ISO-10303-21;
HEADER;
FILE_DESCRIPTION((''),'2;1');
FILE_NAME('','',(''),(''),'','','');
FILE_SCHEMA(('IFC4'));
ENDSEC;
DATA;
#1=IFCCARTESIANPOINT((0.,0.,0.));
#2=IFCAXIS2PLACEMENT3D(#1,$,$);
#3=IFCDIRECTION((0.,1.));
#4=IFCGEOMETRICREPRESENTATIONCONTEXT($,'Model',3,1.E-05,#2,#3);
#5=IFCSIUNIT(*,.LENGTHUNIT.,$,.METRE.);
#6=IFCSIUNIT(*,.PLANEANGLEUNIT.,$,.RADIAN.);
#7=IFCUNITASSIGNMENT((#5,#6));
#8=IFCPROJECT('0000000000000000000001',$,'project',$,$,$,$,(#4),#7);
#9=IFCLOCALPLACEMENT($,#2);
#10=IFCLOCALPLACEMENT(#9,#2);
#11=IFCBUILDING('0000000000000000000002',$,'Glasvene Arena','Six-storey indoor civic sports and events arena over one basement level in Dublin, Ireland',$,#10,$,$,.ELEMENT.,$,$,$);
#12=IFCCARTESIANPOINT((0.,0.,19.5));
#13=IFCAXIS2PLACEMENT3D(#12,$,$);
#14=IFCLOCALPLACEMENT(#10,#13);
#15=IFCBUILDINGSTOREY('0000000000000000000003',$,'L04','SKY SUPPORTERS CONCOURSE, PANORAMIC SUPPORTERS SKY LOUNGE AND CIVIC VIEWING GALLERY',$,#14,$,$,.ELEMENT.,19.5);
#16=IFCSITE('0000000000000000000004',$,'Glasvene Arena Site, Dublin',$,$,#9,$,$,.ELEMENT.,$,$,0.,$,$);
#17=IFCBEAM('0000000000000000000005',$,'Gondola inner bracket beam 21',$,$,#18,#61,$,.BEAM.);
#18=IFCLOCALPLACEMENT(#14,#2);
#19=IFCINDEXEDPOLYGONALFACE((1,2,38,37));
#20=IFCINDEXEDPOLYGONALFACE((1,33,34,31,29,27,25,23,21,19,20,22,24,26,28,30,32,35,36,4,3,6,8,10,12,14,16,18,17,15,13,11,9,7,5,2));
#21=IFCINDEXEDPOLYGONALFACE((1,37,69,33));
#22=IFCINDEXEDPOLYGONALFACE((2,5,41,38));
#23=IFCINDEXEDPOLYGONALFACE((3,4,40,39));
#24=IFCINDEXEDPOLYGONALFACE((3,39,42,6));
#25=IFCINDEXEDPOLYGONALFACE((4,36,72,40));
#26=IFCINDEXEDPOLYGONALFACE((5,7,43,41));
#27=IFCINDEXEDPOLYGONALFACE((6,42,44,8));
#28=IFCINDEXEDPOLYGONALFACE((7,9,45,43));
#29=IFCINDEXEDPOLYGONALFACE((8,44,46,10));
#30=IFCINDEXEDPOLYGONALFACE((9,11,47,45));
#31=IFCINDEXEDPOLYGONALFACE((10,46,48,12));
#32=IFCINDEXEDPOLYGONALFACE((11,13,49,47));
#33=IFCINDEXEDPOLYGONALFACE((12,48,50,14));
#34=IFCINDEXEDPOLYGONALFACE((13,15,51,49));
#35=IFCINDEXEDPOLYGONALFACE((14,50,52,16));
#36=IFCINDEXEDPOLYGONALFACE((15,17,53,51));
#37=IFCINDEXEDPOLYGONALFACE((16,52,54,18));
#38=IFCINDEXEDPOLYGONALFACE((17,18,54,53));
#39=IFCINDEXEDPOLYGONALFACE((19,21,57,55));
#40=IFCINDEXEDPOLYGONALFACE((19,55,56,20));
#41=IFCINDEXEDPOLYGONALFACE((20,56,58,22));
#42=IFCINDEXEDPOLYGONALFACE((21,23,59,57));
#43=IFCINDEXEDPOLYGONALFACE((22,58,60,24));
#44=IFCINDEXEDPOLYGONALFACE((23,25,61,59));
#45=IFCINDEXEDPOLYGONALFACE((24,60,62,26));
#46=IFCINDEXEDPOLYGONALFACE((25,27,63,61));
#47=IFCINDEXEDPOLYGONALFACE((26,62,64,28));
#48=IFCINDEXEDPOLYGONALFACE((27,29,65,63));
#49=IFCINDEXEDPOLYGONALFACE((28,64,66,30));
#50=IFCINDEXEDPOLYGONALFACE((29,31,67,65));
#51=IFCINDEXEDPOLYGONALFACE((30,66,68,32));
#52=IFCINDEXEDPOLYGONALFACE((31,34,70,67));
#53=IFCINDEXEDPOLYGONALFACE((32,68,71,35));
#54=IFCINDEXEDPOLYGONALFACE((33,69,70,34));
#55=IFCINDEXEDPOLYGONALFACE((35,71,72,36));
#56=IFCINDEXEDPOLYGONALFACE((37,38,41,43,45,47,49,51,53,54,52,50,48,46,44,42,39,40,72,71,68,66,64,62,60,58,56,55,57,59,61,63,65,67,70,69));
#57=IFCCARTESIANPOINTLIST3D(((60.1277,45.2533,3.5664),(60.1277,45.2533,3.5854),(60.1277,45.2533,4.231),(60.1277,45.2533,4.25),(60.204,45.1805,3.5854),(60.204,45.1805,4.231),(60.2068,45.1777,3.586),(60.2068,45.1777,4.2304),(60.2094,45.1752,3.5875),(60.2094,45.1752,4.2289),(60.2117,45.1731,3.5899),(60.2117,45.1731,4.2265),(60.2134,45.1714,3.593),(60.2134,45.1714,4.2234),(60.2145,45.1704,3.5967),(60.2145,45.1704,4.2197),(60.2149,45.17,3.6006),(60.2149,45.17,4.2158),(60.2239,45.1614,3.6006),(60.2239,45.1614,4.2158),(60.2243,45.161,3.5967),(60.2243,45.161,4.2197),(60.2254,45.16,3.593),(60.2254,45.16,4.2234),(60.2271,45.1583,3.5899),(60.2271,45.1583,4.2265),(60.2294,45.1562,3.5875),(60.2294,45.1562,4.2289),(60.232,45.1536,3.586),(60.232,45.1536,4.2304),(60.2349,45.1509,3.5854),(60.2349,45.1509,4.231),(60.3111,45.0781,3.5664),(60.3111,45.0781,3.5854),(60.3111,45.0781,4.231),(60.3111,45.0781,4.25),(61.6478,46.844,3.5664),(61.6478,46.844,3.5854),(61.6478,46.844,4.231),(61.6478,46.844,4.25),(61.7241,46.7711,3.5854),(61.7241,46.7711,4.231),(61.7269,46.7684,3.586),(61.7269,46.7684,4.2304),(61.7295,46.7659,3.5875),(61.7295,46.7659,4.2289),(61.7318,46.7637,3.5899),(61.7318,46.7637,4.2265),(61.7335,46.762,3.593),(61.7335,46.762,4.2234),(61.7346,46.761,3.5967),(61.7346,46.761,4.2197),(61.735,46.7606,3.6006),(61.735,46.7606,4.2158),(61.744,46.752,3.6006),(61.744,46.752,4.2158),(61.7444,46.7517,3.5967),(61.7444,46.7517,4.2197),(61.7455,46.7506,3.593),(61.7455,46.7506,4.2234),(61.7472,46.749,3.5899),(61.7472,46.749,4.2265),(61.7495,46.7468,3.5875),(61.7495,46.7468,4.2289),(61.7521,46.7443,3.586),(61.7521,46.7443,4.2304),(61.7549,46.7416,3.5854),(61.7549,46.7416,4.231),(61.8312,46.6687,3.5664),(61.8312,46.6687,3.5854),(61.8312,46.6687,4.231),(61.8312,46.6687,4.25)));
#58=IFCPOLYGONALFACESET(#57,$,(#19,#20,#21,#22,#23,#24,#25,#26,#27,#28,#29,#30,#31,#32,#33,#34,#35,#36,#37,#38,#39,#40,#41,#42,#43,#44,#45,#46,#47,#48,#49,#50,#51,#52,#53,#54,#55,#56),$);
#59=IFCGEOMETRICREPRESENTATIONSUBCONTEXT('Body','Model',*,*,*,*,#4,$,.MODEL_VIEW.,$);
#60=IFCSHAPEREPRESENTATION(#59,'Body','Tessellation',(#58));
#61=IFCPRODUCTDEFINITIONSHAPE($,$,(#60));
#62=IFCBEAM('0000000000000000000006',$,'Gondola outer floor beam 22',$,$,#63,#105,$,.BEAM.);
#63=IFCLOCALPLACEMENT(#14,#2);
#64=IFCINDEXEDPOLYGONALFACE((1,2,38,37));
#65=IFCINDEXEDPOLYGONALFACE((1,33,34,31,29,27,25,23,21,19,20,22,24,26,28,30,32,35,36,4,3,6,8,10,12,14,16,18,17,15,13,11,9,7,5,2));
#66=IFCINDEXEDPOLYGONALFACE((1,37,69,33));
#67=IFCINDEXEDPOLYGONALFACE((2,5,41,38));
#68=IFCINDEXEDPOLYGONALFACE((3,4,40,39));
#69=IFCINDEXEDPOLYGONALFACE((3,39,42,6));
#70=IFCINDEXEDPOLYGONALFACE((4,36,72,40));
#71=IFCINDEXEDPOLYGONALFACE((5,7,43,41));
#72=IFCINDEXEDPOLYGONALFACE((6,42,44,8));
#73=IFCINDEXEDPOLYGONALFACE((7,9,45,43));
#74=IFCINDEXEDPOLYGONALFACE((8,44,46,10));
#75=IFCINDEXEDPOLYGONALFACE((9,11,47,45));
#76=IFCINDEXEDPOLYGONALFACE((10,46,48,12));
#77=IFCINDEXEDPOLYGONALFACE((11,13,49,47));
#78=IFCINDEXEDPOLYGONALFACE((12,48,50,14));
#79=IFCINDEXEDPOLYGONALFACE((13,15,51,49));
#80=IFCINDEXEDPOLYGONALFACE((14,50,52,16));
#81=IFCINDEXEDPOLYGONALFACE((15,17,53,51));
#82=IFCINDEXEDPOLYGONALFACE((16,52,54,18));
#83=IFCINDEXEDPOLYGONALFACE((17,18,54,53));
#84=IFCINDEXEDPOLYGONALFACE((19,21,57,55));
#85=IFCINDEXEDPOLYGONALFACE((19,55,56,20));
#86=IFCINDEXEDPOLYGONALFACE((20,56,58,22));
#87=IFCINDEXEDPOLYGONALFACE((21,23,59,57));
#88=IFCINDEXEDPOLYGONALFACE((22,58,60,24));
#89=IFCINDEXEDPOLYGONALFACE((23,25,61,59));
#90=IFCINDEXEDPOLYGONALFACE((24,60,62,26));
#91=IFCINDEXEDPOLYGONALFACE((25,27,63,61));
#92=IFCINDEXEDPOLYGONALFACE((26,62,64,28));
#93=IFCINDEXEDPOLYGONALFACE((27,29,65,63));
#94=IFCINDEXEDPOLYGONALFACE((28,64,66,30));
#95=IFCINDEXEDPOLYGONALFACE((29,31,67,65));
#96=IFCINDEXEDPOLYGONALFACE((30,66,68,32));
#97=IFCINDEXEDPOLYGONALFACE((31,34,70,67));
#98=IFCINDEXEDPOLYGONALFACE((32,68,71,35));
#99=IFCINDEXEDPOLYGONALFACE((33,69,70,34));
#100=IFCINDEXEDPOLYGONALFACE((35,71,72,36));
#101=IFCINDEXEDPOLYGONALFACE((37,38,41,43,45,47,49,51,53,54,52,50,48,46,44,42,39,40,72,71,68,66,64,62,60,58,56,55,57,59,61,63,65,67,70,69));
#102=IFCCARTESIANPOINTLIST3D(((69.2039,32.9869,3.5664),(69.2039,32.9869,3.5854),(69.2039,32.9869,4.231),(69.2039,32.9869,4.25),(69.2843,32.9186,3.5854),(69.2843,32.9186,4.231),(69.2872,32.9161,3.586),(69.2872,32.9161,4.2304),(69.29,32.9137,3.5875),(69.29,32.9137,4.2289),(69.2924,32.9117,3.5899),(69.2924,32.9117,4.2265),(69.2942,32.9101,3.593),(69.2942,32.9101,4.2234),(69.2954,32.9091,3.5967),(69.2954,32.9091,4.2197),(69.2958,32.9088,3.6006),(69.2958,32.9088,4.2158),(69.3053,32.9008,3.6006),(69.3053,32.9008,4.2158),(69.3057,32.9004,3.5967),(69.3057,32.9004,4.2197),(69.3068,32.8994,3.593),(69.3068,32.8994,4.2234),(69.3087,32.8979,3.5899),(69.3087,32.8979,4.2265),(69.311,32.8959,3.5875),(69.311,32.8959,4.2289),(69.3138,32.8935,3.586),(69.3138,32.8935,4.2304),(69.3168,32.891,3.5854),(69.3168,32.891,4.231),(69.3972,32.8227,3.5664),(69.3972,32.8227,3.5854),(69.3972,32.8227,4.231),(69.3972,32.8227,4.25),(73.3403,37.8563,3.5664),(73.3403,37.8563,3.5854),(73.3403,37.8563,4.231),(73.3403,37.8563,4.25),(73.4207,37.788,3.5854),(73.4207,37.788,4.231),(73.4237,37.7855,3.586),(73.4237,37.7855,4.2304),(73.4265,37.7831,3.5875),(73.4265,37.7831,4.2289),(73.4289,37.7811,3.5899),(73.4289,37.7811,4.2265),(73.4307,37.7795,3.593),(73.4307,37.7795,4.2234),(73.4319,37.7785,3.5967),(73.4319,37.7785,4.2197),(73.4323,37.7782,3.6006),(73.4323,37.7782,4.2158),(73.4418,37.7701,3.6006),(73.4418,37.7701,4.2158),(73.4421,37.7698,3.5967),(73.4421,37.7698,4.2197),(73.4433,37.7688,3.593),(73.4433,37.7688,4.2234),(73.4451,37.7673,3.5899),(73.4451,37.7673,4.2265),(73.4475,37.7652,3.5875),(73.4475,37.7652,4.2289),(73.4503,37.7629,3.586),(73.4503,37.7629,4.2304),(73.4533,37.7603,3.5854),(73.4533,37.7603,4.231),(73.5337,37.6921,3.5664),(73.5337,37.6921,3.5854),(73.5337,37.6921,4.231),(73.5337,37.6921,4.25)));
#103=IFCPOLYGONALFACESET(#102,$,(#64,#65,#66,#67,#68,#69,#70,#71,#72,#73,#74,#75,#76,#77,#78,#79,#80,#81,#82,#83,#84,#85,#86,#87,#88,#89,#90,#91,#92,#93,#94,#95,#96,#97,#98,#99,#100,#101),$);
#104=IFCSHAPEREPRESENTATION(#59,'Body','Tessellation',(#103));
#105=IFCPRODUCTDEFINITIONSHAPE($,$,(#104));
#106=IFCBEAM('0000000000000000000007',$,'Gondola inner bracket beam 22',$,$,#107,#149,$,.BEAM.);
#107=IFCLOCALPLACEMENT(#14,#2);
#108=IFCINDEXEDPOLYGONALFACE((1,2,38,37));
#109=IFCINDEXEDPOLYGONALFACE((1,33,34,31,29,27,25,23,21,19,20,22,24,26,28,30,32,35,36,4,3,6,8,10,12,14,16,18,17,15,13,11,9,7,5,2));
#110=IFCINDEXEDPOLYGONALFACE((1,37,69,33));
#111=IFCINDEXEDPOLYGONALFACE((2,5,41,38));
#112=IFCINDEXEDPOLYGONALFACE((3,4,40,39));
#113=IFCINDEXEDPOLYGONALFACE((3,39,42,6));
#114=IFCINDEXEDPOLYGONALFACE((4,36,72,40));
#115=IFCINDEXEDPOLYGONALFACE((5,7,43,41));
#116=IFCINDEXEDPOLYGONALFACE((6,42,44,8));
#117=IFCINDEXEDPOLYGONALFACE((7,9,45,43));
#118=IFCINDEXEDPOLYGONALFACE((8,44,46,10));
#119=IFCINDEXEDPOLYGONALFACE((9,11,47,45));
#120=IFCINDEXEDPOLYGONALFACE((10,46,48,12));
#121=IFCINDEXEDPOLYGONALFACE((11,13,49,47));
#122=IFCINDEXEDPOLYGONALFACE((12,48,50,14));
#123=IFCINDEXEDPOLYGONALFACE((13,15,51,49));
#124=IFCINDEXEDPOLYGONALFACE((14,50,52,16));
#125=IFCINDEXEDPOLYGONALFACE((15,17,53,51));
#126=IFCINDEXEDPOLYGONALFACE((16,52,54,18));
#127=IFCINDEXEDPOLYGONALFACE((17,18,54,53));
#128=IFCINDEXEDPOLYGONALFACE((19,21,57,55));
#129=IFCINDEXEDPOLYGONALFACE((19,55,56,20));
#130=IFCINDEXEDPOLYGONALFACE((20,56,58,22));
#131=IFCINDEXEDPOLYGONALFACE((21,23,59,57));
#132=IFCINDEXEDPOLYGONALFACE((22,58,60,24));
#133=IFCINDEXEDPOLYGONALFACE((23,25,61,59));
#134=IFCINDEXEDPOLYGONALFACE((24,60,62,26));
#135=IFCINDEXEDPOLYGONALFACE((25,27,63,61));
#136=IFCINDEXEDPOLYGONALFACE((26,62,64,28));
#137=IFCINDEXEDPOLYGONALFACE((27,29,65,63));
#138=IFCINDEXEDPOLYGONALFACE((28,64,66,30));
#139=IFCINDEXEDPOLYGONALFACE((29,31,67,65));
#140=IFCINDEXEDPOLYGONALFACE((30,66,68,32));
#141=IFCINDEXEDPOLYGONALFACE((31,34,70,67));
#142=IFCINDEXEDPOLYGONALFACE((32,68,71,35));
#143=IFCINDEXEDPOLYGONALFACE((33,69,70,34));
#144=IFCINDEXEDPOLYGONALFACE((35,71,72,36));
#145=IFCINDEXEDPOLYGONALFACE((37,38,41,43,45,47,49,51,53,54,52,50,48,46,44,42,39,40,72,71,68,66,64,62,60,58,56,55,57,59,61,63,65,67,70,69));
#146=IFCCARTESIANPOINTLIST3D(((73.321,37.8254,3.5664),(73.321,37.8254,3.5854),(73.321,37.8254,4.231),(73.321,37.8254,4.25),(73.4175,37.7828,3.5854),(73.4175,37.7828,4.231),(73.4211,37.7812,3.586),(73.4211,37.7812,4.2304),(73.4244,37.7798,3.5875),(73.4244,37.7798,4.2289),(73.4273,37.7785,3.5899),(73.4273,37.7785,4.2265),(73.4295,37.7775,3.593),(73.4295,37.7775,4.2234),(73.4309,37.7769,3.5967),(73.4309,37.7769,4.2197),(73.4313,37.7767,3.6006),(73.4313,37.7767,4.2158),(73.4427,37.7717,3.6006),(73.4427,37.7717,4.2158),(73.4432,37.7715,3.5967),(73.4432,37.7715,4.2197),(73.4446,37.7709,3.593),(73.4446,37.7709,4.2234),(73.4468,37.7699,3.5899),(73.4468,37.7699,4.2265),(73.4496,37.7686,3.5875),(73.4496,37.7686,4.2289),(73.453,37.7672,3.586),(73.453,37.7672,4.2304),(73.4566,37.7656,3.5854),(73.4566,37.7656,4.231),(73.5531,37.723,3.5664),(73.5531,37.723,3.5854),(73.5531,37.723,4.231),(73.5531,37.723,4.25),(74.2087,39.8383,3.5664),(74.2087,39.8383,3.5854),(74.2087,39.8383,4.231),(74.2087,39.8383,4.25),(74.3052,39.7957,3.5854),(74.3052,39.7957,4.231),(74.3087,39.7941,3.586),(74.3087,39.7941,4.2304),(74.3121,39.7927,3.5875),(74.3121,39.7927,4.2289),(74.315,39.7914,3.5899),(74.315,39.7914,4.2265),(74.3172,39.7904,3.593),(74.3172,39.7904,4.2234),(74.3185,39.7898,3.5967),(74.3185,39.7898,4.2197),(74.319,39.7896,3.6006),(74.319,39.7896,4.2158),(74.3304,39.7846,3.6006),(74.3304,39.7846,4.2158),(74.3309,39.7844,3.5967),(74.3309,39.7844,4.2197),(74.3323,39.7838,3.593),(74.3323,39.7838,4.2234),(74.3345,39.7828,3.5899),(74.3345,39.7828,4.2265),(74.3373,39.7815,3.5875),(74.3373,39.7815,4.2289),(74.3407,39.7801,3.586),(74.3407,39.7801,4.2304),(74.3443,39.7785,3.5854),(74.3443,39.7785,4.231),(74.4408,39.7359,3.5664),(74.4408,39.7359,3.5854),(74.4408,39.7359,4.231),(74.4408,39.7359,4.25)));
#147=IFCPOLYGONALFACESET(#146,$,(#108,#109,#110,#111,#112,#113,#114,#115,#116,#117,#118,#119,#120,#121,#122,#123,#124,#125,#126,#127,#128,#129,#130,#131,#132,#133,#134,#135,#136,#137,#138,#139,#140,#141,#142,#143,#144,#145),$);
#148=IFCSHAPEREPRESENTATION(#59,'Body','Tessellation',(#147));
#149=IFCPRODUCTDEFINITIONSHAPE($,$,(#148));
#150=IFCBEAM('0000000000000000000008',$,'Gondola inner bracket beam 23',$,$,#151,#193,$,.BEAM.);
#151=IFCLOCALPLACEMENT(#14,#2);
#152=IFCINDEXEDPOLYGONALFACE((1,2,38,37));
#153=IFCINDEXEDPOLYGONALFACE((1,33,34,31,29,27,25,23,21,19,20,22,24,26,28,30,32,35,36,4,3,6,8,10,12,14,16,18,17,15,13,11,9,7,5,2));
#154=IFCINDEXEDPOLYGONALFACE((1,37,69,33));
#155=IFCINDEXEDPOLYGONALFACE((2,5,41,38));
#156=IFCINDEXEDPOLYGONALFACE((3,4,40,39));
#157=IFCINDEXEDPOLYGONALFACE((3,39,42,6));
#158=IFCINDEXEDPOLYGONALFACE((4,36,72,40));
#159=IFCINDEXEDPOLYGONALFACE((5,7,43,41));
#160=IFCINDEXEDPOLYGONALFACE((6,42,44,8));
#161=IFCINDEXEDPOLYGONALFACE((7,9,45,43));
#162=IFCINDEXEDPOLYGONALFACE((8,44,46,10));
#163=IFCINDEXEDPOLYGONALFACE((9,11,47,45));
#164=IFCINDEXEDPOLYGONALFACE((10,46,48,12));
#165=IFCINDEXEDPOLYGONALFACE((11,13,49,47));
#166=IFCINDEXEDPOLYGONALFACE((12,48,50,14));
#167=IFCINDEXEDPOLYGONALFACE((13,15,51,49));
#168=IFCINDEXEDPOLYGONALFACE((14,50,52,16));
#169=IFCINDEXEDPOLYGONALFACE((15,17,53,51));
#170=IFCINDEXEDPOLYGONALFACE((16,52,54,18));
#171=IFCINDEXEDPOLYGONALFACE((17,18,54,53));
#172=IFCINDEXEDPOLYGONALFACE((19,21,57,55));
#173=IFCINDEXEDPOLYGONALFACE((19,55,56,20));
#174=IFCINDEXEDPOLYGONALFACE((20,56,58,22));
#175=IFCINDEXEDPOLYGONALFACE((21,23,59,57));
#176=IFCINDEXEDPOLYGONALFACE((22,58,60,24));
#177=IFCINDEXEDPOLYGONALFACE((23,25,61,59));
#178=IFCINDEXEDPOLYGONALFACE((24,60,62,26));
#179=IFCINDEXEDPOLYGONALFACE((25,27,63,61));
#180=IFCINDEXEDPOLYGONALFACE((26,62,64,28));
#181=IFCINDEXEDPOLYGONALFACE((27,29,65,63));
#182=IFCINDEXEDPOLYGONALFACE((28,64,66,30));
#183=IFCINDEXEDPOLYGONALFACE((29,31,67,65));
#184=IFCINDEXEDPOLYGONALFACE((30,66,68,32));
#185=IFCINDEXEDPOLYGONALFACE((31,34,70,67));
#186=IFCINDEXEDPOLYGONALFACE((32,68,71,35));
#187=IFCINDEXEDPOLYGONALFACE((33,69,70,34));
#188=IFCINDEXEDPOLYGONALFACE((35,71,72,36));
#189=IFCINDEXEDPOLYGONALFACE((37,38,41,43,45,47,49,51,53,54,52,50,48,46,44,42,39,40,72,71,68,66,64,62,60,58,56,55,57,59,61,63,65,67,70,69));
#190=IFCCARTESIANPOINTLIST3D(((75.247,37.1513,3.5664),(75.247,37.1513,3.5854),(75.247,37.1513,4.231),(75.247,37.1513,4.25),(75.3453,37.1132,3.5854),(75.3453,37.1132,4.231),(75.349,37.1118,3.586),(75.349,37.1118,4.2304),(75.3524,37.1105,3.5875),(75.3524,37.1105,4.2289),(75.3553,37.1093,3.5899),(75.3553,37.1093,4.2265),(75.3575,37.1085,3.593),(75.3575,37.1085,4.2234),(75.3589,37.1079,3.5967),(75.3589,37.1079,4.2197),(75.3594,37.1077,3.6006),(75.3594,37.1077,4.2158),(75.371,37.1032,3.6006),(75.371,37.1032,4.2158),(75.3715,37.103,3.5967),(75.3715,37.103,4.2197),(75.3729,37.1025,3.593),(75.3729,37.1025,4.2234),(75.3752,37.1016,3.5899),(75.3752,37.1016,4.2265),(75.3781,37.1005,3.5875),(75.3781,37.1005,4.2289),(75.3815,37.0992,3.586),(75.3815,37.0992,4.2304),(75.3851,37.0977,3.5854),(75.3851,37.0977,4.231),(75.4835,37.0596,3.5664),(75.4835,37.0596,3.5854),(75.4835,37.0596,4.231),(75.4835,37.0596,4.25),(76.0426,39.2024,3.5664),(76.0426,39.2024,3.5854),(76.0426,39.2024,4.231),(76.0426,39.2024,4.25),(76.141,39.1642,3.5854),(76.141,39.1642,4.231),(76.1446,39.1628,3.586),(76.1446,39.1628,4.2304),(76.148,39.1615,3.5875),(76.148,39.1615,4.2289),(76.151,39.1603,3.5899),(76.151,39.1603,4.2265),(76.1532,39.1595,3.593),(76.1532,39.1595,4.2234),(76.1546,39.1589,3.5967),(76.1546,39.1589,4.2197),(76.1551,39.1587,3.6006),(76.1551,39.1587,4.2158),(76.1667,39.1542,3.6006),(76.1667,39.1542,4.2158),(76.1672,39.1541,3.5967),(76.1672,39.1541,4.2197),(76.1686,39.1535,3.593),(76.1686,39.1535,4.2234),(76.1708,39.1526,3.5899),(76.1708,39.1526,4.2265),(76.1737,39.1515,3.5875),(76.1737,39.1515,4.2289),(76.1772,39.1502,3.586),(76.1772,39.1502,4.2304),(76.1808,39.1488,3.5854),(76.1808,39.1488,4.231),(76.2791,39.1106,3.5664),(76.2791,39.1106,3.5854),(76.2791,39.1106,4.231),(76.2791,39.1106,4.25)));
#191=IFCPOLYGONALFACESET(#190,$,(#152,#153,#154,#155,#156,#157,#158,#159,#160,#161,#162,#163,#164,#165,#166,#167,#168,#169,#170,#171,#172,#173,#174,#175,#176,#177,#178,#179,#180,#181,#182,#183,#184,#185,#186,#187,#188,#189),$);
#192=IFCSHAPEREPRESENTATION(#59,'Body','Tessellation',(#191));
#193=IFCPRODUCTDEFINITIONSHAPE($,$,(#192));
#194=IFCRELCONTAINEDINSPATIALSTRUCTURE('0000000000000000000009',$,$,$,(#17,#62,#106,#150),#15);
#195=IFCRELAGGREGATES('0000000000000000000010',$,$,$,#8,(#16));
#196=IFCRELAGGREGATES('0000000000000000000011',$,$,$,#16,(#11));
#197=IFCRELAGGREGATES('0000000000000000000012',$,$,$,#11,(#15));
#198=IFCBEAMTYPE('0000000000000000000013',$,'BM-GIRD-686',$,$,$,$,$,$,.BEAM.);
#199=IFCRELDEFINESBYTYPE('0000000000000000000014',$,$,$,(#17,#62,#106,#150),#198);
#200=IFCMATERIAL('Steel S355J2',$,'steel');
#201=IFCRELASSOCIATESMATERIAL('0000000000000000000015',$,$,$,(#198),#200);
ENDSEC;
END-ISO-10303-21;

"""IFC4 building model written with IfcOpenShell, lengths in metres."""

from ifc_helpers import new_model, si_unit, direction, frame, origin, origin_2d, place, context, subcontext, project, spatial, i_section, extrude, material, material_profile, profile_set, type_object, element, save


model = new_model("IFC4")

# Units and contexts
model_context = context("Model", 3, precision=1e-05, world=origin(), true_north=direction((0.0, 1.0)))
body_context = subcontext(model_context, "Body", "Model", "MODEL_VIEW")
ifc_project = project(units=[si_unit("LENGTHUNIT", "METRE"), si_unit("PLANEANGLEUNIT", "RADIAN")], contexts=[model_context])

# Site, building, storey
site_placement = place(None, origin())
site = spatial("IfcSite", under=ifc_project, at=site_placement, Name="Glasvene Arena Site, Dublin", CompositionType="ELEMENT", RefElevation=0.0)
building_placement = place(site_placement, origin())
building = spatial("IfcBuilding", under=site, at=building_placement, Name="Glasvene Arena", Description="Six-storey indoor civic sports and events arena over one basement level in Dublin, Ireland", CompositionType="ELEMENT")
storey_placement = place(building_placement, frame((0.0, 0.0, 19.5)))
storey = spatial("IfcBuildingStorey", under=building, at=storey_placement, Name="L04", Description="SKY SUPPORTERS CONCOURSE, PANORAMIC SUPPORTERS SKY LOUNGE AND CIVIC VIEWING GALLERY", CompositionType="ELEMENT", Elevation=19.5)

# Shared definitions
ifc_material_1 = material(Name="Steel S355J2", Category="steel")

# Beams
ifc_material_profile_1 = material_profile(ifc_material_1, i_section(OverallWidth=0.2537, OverallDepth=0.6836, WebThickness=0.0125, FlangeThickness=0.019, FilletRadius=0.0151, at=origin_2d()), Name="UKB 686x254x140")
ifc_profile_set_1 = profile_set([ifc_material_profile_1], Name="Steel S355J2")
beam_type_1 = type_object("IfcBeamType", Name="BM-GIRD-686", PredefinedType="BEAM", material=ifc_profile_set_1)
beam_1_placement = place(storey_placement, frame((61.7395, 46.7563, 3.9082), z_axis=(-0.69089, -0.72296, 0.0), x_axis=(0.72296, -0.69089, 0.0)))
element("IfcBeam", 1, at=beam_1_placement, inside=storey, type_object=beam_type_1, Name="Gondola inner bracket beam 21", PredefinedType="BEAM", context=body_context, shape_type="SweptSolid", body=[
    extrude(i_section(OverallWidth=0.2537, OverallDepth=0.6836, WebThickness=0.0125, FlangeThickness=0.019, FilletRadius=0.0151, at=origin_2d()), origin(), (0.0, 0.0, 1.0), 2.2002),
])
beam_2_placement = place(storey_placement, frame((73.437, 37.7742, 3.9082), z_axis=(-0.647421, -0.762133, 0.0), x_axis=(0.762133, -0.647421, 0.0)))
element("IfcBeam", 2, at=beam_2_placement, inside=storey, type_object=beam_type_1, Name="Gondola outer floor beam 22", PredefinedType="BEAM", context=body_context, shape_type="SweptSolid", body=[
    extrude(i_section(OverallWidth=0.2537, OverallDepth=0.6836, WebThickness=0.0125, FlangeThickness=0.019, FilletRadius=0.0151, at=origin_2d()), origin(), (0.0, 0.0, 1.0), 6.3892),
])
for number, where, z_axis, x_axis, name in (
    (3, (74.3247, 39.7871, 3.9082), (-0.403501, -0.914979, 0.0), (0.914979, -0.403501, 0.0), "Gondola inner bracket beam 22"),
    (4, (76.1609, 39.1565, 3.9082), (-0.36167, -0.932306, 0.0), (0.932306, -0.36167, 0.0), "Gondola inner bracket beam 23"),
):
    element("IfcBeam", number, at=place(storey_placement, frame(where, z_axis=z_axis, x_axis=x_axis)), inside=storey, type_object=beam_type_1, Name=name, PredefinedType="BEAM", context=body_context, shape_type="SweptSolid", body=[
        extrude(i_section(OverallWidth=0.2537, OverallDepth=0.6836, WebThickness=0.0125, FlangeThickness=0.019, FilletRadius=0.0151, at=origin_2d()), origin(), (0.0, 0.0, 1.0), 2.2),
    ])

save(model, "model.ifc")
